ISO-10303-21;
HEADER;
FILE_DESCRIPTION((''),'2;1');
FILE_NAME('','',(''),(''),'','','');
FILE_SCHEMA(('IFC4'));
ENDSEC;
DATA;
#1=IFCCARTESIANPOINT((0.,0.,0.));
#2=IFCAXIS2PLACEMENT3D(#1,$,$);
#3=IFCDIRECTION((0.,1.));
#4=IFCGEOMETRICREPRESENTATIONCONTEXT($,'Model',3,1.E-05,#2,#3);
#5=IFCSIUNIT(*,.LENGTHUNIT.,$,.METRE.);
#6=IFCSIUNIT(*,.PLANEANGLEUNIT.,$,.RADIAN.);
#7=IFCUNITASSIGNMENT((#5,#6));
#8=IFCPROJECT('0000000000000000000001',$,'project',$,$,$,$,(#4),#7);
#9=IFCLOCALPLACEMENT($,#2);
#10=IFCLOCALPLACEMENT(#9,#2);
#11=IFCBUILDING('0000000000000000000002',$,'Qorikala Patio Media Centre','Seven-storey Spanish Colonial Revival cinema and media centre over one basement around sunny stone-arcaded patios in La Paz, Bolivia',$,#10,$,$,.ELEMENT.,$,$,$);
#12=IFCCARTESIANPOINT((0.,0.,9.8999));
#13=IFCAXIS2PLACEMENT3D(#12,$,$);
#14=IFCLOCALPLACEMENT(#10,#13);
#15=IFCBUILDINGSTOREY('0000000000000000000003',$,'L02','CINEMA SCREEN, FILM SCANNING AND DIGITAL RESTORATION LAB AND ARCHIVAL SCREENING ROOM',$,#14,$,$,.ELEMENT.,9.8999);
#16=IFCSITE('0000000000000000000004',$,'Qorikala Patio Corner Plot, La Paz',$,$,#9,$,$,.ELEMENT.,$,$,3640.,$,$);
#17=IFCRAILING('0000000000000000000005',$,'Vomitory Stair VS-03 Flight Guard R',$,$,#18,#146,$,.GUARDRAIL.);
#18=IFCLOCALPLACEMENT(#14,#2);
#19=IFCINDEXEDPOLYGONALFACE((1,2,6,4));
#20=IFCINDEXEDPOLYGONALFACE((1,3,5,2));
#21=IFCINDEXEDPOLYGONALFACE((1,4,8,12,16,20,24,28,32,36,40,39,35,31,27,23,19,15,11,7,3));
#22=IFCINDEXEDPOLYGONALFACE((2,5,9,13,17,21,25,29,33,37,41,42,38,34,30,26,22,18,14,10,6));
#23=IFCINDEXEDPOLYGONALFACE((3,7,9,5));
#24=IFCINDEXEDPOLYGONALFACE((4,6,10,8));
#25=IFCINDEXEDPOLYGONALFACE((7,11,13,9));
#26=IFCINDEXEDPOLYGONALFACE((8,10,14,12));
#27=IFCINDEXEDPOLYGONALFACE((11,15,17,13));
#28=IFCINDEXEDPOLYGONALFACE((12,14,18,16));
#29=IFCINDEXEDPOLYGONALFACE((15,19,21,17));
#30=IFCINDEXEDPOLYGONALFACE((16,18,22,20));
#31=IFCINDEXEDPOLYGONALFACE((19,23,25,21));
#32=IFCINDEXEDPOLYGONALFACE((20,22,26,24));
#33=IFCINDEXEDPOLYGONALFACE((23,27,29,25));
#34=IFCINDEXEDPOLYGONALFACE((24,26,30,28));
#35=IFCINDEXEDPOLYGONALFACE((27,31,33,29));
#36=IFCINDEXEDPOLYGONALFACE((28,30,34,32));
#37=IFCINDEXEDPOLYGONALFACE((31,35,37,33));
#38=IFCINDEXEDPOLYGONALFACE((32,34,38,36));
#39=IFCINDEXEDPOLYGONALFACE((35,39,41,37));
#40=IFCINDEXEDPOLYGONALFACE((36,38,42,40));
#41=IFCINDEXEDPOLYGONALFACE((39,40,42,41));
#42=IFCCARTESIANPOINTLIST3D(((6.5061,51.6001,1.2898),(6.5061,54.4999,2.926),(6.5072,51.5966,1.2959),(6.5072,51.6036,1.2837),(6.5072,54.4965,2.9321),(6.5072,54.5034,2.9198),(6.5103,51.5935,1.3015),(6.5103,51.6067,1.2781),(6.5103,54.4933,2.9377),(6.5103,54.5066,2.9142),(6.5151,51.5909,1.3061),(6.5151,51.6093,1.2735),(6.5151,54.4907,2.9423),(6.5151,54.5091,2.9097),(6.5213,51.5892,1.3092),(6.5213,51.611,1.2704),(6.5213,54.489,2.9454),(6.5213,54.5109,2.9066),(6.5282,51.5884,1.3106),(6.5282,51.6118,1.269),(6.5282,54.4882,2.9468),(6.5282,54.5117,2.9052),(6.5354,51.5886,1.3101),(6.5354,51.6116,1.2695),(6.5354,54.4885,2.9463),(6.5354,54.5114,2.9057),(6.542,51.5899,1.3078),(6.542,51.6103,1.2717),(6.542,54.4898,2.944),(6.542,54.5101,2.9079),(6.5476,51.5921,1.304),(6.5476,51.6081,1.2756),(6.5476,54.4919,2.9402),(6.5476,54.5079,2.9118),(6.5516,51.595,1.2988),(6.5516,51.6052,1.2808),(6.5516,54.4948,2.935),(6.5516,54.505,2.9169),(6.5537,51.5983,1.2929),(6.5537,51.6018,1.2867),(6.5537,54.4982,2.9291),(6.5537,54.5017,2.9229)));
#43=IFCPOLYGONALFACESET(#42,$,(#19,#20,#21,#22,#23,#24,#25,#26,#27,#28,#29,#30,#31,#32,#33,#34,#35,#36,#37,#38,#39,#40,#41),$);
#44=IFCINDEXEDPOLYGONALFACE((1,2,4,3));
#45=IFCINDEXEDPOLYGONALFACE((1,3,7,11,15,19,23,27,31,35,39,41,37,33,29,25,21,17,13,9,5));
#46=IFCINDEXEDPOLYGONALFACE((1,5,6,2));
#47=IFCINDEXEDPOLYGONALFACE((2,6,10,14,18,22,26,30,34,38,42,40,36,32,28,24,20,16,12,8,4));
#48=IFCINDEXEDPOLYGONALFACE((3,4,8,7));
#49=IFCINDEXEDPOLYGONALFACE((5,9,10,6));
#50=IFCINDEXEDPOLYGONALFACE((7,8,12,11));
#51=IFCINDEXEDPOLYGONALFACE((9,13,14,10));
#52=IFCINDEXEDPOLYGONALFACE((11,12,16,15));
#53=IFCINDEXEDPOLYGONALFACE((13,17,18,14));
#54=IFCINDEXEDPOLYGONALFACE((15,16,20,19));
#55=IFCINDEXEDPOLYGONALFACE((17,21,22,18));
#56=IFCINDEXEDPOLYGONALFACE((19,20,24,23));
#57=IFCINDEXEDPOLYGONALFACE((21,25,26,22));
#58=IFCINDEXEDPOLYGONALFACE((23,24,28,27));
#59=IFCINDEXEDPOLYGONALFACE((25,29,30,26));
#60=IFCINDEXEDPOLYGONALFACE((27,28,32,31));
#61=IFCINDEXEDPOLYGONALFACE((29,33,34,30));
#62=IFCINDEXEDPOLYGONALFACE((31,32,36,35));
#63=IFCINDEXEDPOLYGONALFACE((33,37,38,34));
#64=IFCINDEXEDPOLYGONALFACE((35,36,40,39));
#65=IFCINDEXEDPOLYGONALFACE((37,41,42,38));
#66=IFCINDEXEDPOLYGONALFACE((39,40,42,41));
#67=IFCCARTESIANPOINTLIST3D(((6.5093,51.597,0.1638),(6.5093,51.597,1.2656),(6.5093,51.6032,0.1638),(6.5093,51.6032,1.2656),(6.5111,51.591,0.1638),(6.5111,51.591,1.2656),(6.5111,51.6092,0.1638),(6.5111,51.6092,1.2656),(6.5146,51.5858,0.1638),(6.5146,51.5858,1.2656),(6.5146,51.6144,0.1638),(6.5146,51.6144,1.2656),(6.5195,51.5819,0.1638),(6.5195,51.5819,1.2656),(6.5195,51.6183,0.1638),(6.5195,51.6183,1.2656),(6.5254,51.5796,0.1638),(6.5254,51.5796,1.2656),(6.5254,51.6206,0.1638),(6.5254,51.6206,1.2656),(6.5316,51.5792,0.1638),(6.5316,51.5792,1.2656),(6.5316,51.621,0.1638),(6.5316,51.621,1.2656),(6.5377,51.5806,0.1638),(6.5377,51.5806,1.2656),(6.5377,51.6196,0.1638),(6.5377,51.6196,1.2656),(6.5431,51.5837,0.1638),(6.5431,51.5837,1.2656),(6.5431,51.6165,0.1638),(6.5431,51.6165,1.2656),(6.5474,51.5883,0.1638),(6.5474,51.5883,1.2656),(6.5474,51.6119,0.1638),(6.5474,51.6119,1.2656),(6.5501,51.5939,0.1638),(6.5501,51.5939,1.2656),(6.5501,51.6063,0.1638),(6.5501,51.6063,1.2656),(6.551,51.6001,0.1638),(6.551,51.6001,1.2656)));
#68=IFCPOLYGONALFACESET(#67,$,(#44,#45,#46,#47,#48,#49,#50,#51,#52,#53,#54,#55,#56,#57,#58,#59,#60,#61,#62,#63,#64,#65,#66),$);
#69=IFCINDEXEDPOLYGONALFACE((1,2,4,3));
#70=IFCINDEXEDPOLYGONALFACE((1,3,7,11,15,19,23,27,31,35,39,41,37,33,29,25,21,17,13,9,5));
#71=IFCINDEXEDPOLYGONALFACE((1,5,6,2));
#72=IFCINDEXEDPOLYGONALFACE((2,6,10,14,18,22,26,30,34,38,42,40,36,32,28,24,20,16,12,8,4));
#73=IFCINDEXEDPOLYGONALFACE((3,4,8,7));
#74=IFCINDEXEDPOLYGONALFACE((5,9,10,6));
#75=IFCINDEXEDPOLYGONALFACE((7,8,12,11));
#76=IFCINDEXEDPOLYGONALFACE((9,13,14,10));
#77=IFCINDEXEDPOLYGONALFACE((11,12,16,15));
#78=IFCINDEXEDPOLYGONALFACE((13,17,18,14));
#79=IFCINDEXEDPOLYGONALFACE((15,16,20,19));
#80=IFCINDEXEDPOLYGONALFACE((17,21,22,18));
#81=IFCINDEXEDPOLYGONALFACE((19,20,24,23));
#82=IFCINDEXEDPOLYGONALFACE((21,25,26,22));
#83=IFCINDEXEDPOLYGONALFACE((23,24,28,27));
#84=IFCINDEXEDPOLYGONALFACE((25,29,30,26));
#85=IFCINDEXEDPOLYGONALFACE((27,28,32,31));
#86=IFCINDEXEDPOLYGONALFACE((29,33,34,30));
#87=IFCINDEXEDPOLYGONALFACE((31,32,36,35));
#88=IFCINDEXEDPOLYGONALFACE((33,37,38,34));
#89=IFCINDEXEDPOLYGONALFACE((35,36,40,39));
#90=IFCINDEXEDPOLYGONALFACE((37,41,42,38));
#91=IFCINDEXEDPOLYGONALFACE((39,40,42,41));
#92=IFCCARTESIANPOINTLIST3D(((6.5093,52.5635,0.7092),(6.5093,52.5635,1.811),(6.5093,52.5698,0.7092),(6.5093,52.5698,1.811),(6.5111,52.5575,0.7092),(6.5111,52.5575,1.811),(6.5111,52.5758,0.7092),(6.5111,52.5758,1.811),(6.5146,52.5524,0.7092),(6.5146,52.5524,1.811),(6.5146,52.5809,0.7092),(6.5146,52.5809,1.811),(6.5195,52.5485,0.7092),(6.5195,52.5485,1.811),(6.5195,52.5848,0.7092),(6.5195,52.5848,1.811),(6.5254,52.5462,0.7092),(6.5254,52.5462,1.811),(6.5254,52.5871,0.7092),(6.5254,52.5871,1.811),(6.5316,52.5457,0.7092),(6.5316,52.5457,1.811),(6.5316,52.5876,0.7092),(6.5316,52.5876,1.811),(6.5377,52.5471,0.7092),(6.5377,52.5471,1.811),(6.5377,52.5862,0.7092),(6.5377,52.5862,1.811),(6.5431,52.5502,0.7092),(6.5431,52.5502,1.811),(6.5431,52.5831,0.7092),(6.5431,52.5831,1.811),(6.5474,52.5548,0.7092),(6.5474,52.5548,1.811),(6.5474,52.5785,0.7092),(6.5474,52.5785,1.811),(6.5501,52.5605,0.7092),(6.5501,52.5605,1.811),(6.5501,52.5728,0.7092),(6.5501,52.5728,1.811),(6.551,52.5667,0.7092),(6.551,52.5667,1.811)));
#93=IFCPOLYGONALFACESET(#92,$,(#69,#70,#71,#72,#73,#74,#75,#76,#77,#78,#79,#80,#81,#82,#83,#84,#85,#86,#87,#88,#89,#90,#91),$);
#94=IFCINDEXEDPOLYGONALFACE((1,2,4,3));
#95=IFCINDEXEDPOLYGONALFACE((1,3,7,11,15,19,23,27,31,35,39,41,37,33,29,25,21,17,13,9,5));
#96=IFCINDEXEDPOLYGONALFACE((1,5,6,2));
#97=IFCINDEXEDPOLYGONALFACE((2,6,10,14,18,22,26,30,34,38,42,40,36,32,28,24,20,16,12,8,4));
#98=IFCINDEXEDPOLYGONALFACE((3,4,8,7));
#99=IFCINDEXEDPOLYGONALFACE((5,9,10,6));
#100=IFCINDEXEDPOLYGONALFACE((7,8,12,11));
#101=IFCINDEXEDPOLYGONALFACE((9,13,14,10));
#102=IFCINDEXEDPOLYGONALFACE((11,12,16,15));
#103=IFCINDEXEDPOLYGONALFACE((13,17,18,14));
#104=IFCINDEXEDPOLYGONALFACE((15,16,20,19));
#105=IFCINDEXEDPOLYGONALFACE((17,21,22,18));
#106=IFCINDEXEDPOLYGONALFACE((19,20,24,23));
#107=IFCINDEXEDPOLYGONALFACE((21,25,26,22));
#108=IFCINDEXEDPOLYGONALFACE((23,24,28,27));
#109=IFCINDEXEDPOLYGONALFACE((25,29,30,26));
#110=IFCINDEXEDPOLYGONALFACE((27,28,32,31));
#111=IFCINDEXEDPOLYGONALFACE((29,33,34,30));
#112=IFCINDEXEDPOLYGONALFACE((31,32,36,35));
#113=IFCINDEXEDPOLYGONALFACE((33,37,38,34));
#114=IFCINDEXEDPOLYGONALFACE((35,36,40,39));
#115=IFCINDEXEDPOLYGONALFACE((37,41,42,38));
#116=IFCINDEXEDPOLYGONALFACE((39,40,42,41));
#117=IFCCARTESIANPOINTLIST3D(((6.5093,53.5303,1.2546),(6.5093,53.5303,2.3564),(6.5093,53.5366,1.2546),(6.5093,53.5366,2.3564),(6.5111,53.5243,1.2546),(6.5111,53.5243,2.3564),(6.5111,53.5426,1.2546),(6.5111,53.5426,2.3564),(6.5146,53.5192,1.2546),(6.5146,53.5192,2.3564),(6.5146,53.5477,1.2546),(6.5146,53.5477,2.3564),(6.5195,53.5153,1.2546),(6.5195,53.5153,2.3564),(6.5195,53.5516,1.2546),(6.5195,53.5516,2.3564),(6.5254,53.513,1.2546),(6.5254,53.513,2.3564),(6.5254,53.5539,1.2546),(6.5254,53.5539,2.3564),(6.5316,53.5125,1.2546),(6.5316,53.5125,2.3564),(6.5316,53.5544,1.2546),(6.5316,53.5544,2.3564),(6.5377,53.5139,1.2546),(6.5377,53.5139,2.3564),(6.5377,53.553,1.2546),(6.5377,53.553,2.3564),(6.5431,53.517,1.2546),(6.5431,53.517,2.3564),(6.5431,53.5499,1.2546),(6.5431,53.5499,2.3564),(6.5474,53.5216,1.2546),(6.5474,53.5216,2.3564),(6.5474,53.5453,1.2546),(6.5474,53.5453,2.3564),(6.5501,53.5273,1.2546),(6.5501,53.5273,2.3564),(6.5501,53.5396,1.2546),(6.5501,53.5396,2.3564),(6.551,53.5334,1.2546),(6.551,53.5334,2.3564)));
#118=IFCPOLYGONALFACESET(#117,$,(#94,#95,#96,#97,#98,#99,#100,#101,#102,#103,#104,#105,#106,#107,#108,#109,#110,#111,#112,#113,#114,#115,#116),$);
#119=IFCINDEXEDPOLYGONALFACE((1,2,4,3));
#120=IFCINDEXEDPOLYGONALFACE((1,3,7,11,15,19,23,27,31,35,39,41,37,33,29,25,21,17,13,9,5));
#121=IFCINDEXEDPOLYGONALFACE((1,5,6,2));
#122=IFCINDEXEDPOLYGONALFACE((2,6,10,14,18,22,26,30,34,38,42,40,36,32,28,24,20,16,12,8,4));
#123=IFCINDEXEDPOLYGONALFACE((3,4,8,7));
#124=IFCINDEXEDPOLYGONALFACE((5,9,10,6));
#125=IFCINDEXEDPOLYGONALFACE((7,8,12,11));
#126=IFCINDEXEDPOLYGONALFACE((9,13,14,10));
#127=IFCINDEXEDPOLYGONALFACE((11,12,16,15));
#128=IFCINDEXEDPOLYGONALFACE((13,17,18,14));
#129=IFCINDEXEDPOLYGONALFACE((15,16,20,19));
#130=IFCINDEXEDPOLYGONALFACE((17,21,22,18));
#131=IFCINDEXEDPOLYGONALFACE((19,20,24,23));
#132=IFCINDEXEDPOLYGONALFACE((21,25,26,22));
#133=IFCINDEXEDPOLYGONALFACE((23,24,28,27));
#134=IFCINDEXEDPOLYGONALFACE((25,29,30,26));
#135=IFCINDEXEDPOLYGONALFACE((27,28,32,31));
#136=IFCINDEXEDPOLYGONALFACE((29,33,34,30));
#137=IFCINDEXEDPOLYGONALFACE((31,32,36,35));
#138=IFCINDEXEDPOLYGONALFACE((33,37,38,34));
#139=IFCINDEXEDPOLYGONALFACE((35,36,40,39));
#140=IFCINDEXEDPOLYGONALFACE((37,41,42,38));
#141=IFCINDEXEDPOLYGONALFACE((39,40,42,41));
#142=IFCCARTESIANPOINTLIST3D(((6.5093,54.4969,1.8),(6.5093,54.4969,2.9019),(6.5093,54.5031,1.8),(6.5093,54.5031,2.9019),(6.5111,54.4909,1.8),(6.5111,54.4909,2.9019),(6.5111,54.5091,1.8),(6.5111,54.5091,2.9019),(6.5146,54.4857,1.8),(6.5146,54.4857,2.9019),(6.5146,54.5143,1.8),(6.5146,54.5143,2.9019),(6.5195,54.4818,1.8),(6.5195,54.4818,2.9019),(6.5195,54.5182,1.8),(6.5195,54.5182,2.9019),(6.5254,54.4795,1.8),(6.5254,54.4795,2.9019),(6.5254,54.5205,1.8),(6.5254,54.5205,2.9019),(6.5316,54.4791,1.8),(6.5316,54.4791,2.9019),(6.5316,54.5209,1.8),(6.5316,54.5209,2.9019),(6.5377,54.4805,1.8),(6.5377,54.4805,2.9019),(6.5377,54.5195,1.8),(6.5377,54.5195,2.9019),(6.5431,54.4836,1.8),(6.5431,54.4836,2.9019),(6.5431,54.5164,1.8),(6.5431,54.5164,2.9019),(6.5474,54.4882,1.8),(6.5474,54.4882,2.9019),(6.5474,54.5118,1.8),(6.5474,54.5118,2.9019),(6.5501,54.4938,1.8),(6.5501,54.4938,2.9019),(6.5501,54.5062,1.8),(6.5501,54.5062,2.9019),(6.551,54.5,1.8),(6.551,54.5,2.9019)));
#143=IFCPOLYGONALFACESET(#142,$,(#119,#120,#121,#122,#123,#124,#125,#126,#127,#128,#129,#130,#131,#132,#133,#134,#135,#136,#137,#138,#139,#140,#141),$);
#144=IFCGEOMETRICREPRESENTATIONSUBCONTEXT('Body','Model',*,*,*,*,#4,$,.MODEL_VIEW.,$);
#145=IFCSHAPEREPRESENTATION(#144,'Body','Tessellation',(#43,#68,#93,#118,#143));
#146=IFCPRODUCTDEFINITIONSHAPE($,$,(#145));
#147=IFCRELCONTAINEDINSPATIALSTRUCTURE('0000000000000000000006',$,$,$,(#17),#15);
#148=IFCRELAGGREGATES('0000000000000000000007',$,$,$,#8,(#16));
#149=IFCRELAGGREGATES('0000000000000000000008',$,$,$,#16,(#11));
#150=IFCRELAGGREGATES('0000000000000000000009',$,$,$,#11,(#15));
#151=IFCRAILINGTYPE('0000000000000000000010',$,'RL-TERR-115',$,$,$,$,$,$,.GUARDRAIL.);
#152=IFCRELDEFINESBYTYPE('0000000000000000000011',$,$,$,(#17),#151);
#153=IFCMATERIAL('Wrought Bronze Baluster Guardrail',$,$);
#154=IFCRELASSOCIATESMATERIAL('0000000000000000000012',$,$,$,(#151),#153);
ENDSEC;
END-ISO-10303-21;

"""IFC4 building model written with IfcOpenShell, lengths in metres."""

from ifc_helpers import new_model, si_unit, direction, frame, origin, origin_2d, place, context, subcontext, project, spatial, circle, extrude, material, type_object, element, save


model = new_model("IFC4")

# Units and contexts
model_context = context("Model", 3, precision=1e-05, world=origin(), true_north=direction((0.0, 1.0)))
body_context = subcontext(model_context, "Body", "Model", "MODEL_VIEW")
ifc_project = project(units=[si_unit("LENGTHUNIT", "METRE"), si_unit("PLANEANGLEUNIT", "RADIAN")], contexts=[model_context])

# Site, building, storey
site_placement = place(None, origin())
site = spatial("IfcSite", under=ifc_project, at=site_placement, Name="Qorikala Patio Corner Plot, La Paz", CompositionType="ELEMENT", RefElevation=3640.0)
building_placement = place(site_placement, origin())
building = spatial("IfcBuilding", under=site, at=building_placement, Name="Qorikala Patio Media Centre", Description="Seven-storey Spanish Colonial Revival cinema and media centre over one basement around sunny stone-arcaded patios in La Paz, Bolivia", CompositionType="ELEMENT")
storey_placement = place(building_placement, frame((0.0, 0.0, 9.8999)))
storey = spatial("IfcBuildingStorey", under=building, at=storey_placement, Name="L02", Description="CINEMA SCREEN, FILM SCANNING AND DIGITAL RESTORATION LAB AND ARCHIVAL SCREENING ROOM", CompositionType="ELEMENT", Elevation=9.8999)

# Railing
ifc_material_1 = material(Name="Wrought Bronze Baluster Guardrail")
railing_type = type_object("IfcRailingType", Name="RL-TERR-115", PredefinedType="GUARDRAIL", material=ifc_material_1)
for number, where, name in (
    (1, (6.53, 51.6001, 0.1638), "Vomitory Stair VS-03 Flight Guard R"),
):
    element("IfcRailing", number, at=place(storey_placement, frame(where)), inside=storey, type_object=railing_type, Name=name, PredefinedType="GUARDRAIL", context=body_context, shape_type="SweptSolid", body=[
        extrude(circle(Radius=0.0239, at=origin_2d()), frame((0.0, 0.0, 1.126), z_axis=(0.0, 0.870929, 0.49141), x_axis=(-1.0, 0.0, 0.0)), (0.0, 0.0, 1.0), 3.3296),
        extrude(circle(Radius=0.021, at=origin_2d()), origin(), (0.0, 0.0, 1.0), 1.1018),
        extrude(circle(Radius=0.021, at=origin_2d()), frame((0.0, 0.9666, 0.5454)), (0.0, 0.0, 1.0), 1.1018),
        extrude(circle(Radius=0.021, at=origin_2d()), frame((0.0, 1.9333, 1.0908)), (0.0, 0.0, 1.0), 1.1018),
        extrude(circle(Radius=0.021, at=origin_2d()), frame((0.0, 2.8999, 1.6362)), (0.0, 0.0, 1.0), 1.1018),
    ])

save(model, "model.ifc")
